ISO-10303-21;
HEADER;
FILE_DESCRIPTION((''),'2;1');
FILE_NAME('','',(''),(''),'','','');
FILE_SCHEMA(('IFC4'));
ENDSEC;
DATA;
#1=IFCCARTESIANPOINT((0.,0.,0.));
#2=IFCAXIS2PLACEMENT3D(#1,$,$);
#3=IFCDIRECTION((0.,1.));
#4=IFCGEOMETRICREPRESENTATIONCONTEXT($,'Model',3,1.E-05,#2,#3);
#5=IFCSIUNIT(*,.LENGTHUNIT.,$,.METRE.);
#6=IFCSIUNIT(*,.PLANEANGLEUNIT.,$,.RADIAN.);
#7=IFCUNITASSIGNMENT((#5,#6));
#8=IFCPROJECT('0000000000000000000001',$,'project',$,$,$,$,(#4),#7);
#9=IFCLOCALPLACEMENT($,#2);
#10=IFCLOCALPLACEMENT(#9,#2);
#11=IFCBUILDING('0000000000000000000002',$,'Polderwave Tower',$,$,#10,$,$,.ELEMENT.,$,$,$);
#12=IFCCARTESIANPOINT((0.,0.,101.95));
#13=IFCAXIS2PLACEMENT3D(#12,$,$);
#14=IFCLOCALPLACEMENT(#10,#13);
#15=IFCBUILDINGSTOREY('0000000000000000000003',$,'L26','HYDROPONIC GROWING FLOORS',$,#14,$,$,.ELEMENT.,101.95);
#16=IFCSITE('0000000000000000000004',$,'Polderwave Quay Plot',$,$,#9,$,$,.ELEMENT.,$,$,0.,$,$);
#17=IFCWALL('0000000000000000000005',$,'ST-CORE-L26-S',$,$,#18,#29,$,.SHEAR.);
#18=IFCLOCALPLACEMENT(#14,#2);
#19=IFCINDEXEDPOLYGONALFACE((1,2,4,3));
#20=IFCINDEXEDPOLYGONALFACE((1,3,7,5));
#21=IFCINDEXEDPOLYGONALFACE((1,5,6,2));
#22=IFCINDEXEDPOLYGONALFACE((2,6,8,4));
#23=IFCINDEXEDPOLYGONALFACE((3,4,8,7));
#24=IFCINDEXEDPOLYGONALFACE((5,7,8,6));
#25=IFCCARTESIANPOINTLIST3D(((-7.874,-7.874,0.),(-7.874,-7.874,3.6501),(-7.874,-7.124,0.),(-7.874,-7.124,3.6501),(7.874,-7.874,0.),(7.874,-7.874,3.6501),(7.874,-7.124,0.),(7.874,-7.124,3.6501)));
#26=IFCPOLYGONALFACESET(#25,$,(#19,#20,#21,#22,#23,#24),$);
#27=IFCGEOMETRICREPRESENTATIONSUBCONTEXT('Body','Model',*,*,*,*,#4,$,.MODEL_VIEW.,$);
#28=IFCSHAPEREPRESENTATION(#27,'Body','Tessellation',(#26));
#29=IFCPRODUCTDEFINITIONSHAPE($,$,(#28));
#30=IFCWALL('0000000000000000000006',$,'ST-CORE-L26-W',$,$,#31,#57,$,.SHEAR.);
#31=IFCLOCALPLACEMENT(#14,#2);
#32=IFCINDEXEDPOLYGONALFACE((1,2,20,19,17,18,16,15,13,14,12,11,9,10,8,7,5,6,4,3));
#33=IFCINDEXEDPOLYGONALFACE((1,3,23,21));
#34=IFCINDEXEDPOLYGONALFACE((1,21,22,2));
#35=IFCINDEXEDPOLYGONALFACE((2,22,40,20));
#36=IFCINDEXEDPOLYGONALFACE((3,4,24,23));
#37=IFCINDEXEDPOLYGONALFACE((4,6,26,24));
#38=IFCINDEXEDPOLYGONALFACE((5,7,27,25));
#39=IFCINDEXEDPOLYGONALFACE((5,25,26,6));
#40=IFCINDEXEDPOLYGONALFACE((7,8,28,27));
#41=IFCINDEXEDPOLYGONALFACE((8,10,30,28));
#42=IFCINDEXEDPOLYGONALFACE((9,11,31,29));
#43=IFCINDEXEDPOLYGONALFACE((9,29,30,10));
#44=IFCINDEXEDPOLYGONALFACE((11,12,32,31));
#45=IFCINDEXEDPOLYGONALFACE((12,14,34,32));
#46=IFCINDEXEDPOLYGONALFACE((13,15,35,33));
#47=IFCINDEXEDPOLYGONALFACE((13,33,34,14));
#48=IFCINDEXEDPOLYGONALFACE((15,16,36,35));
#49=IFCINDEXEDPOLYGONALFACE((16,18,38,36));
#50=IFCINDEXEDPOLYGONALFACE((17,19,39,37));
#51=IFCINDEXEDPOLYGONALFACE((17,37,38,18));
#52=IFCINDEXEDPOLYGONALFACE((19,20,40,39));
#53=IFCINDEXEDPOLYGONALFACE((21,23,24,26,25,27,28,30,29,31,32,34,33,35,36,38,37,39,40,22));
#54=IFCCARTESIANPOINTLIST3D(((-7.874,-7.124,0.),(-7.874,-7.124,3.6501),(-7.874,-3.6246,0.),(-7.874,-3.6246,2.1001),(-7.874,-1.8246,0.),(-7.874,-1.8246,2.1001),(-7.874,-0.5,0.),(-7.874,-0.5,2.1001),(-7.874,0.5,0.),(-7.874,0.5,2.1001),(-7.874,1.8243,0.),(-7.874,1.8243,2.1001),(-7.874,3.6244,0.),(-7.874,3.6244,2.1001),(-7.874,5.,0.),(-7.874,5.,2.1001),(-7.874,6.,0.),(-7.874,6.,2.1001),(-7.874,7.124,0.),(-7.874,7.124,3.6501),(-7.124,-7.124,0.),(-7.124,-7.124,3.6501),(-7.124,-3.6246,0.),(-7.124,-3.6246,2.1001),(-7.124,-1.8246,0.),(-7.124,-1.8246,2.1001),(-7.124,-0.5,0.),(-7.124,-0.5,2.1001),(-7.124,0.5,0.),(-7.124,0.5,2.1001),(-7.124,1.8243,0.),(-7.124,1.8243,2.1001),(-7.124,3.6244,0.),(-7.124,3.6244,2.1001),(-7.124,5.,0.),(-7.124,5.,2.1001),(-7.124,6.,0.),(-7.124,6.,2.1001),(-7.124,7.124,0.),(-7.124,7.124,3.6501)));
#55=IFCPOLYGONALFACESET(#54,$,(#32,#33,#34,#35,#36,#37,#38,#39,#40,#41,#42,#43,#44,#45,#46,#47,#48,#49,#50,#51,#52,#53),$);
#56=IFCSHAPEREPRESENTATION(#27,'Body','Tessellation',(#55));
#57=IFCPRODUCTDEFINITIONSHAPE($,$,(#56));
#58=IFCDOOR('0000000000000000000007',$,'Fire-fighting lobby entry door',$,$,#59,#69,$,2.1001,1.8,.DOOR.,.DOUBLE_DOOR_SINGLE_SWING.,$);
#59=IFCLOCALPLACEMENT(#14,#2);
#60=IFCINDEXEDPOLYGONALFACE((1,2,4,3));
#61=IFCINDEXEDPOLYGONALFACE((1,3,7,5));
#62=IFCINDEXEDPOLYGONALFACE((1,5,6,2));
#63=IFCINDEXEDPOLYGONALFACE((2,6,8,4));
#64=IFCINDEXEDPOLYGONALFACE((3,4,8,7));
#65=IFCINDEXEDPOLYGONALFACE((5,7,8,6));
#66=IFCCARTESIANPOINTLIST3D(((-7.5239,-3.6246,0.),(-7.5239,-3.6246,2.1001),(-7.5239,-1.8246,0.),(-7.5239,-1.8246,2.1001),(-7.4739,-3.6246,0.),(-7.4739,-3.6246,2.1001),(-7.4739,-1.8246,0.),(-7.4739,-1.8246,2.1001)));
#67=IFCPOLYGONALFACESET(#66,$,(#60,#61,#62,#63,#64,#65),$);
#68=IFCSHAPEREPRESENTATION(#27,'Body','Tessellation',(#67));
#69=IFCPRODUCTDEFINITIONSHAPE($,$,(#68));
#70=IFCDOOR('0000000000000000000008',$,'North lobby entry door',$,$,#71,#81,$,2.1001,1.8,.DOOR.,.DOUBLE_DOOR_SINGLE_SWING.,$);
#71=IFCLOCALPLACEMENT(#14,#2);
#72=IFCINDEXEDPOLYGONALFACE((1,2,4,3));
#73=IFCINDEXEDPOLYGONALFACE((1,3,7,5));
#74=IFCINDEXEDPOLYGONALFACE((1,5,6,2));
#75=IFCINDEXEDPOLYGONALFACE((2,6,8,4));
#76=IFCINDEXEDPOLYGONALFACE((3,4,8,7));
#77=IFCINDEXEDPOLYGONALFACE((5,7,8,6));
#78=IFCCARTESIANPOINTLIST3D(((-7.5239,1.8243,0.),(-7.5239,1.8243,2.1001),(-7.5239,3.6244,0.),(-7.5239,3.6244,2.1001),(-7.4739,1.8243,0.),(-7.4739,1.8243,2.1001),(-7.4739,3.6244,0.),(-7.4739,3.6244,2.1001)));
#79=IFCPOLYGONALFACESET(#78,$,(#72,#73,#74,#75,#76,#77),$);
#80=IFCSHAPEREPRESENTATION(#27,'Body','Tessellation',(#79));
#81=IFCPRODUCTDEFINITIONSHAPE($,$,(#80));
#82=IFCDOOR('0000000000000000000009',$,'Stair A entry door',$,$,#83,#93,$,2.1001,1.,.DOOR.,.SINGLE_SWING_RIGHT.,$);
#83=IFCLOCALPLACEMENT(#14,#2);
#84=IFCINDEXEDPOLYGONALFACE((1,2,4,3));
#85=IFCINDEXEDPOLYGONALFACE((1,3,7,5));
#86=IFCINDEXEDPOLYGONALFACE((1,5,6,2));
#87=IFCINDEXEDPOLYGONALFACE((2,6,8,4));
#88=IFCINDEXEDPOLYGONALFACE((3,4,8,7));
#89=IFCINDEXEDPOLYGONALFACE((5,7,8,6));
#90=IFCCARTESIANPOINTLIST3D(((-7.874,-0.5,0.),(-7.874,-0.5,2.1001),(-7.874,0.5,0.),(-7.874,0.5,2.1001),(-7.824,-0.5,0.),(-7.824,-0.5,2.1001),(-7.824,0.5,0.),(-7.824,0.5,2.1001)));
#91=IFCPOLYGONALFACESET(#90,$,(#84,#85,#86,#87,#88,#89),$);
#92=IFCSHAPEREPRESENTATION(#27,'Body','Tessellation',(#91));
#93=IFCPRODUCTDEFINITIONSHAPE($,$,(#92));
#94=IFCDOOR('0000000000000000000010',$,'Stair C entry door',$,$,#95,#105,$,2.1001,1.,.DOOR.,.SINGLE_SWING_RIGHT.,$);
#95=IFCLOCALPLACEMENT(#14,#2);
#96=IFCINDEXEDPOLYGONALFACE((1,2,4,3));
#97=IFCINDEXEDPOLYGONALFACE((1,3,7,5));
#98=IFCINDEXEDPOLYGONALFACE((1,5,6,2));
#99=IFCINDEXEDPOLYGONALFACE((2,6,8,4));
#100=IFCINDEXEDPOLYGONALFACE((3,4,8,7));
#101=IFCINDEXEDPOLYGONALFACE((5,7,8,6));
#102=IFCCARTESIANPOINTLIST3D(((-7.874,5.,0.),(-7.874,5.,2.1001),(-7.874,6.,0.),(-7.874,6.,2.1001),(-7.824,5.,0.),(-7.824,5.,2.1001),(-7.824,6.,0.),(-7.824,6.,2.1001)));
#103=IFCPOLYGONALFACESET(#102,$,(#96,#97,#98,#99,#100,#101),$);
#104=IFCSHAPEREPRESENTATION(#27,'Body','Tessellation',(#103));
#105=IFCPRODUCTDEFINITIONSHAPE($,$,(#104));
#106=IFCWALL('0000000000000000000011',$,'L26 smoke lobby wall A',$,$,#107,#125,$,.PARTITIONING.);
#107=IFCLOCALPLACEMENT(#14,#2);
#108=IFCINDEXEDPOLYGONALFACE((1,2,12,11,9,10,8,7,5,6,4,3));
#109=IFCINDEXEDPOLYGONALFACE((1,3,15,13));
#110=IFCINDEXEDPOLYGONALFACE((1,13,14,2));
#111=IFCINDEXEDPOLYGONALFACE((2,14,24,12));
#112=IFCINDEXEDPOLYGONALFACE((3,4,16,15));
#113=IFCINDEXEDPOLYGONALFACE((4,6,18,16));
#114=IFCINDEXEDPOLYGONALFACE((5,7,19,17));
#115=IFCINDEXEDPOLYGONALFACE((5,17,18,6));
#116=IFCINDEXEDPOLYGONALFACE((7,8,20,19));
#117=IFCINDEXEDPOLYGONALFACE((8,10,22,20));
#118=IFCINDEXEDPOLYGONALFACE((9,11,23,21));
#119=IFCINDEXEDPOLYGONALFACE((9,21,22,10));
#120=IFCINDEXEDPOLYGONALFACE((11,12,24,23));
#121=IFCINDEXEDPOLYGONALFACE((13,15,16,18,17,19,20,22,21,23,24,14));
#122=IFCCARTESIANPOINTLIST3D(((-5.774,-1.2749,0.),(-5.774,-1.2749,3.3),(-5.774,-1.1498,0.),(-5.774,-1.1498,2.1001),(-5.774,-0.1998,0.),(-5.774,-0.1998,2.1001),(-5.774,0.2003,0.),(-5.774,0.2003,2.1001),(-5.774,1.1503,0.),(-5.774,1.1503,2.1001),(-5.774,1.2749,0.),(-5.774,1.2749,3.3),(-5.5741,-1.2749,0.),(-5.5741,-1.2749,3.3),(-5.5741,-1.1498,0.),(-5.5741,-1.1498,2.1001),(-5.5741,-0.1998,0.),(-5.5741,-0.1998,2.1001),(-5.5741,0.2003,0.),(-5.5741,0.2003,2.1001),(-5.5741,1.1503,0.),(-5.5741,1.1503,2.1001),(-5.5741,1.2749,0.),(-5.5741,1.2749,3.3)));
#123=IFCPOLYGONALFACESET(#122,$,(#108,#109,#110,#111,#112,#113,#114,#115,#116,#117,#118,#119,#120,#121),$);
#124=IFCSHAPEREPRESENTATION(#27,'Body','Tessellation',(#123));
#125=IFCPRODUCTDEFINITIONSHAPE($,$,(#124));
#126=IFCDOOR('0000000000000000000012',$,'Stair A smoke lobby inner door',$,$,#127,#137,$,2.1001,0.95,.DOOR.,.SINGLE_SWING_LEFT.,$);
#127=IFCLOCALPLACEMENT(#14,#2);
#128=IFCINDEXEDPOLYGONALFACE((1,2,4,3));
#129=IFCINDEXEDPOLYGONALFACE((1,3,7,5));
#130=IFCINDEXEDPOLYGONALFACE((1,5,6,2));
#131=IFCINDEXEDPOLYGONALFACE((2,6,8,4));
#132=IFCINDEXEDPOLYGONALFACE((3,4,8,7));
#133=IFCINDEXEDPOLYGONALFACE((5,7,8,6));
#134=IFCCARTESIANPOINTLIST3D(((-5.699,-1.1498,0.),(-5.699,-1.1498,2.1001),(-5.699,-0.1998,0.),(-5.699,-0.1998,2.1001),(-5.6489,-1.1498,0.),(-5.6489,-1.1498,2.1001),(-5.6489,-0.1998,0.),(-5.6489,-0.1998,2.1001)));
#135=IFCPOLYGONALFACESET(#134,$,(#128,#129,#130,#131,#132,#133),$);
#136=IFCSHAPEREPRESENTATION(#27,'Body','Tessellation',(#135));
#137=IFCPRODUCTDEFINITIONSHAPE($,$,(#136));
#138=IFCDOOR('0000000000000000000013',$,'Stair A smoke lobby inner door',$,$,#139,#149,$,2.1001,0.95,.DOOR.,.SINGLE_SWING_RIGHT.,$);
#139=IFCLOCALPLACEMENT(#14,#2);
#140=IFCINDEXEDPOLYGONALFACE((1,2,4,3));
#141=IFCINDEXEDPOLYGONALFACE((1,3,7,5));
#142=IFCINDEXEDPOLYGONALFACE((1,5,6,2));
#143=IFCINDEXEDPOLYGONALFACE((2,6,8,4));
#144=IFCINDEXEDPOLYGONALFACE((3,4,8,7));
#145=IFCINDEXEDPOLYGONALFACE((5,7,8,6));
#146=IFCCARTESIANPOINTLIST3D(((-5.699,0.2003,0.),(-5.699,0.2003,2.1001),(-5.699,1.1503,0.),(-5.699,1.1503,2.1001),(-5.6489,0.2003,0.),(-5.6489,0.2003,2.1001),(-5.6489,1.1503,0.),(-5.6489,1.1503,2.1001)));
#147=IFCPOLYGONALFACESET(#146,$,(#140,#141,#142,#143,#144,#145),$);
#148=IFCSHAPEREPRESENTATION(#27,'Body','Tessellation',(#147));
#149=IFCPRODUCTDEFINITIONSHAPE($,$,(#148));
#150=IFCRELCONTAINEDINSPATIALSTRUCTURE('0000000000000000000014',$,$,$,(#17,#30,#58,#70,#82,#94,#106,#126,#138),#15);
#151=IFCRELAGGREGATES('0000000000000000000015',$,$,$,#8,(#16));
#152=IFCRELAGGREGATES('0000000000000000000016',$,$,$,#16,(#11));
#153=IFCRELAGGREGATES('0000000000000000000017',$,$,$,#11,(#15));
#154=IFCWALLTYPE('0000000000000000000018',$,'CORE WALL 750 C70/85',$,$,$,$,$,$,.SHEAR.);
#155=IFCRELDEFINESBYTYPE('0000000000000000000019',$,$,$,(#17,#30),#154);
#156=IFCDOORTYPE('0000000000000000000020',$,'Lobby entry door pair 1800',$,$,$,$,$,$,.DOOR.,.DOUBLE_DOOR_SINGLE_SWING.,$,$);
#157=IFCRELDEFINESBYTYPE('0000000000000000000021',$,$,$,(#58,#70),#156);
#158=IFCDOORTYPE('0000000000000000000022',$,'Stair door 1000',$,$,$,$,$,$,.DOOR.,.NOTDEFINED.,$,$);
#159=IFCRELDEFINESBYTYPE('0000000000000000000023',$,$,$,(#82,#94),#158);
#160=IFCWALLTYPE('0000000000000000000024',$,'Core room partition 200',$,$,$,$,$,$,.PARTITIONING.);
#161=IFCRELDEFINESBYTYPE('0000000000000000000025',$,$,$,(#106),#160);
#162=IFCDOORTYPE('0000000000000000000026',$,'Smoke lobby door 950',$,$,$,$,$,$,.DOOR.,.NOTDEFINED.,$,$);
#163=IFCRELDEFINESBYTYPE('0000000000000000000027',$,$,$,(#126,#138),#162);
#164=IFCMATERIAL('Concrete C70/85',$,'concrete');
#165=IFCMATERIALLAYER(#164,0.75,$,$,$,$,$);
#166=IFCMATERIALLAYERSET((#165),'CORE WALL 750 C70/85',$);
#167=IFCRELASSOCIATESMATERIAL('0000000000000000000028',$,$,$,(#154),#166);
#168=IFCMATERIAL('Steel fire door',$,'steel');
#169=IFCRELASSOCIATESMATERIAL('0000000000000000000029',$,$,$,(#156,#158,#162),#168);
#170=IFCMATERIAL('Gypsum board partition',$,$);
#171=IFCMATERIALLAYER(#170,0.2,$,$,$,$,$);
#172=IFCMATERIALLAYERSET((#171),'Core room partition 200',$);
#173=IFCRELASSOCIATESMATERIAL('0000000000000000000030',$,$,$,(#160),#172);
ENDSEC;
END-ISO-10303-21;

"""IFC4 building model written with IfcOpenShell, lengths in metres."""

from ifc_helpers import new_model, si_unit, direction, frame, frame_2d, origin, place, context, subcontext, project, spatial, rectangle, extrude, material, layer, layer_set, type_object, element, fill, save


model = new_model("IFC4")

# Units and contexts
model_context = context("Model", 3, precision=1e-05, world=origin(), true_north=direction((0.0, 1.0)))
body_context = subcontext(model_context, "Body", "Model", "MODEL_VIEW")
ifc_project = project(units=[si_unit("LENGTHUNIT", "METRE"), si_unit("PLANEANGLEUNIT", "RADIAN")], contexts=[model_context])

# Site, building, storey
site_placement = place(None, origin())
site = spatial("IfcSite", under=ifc_project, at=site_placement, Name="Polderwave Quay Plot", CompositionType="ELEMENT", RefElevation=0.0)
building_placement = place(site_placement, origin())
building = spatial("IfcBuilding", under=site, at=building_placement, Name="Polderwave Tower", CompositionType="ELEMENT")
storey_placement = place(building_placement, frame((0.0, 0.0, 101.95)))
storey = spatial("IfcBuildingStorey", under=building, at=storey_placement, Name="L26", Description="HYDROPONIC GROWING FLOORS", CompositionType="ELEMENT", Elevation=101.95)

# Wall
ifc_material_1 = material(Name="Concrete C70/85", Category="concrete")
ifc_layer_1 = layer(ifc_material_1, 0.75)
ifc_layer_set_1 = layer_set([ifc_layer_1], Name="CORE WALL 750 C70/85")
wall_type_1 = type_object("IfcWallType", Name="CORE WALL 750 C70/85", PredefinedType="SHEAR", material=ifc_layer_set_1)
wall_1_placement = place(storey_placement, frame((-7.874, -7.499, 0.0), z_axis=(0.0, 0.0, 1.0), x_axis=(1.0, 0.0, 0.0)))
element("IfcWall", 1, at=wall_1_placement, inside=storey, type_object=wall_type_1, Name="ST-CORE-L26-S", PredefinedType="SHEAR", context=body_context, shape_type="SweptSolid", body=[
    extrude(rectangle(XDim=15.748, YDim=0.75, at=frame_2d((7.874, 0.0))), origin(), (0.0, 0.0, 1.0), 3.6501),
])

# Walls, openings, doors
wall_2_placement = place(storey_placement, frame((-7.499, -7.124, 0.0), z_axis=(0.0, 0.0, 1.0), x_axis=(0.0, 1.0, 0.0)))
wall_2 = element("IfcWall", 2, at=wall_2_placement, inside=storey, type_object=wall_type_1, Name="ST-CORE-L26-W", PredefinedType="SHEAR", context=body_context, shape_type="SweptSolid", body=[
    extrude(rectangle(XDim=14.248, YDim=0.75, at=frame_2d((7.124, 0.0))), origin(), (0.0, 0.0, 1.0), 3.6501),
])
opening_1_placement = place(wall_2_placement, frame((6.624, 0.0, 0.0)))
opening_1 = element("IfcOpeningElement", 3, at=opening_1_placement, cuts=wall_2, PredefinedType="OPENING", context=body_context, shape_type="SweptSolid", body=[
    extrude(rectangle(XDim=1.0, YDim=2.1001, at=frame_2d((0.5, 1.05))), frame((0.0, 0.385, 0.0), z_axis=(0.0, -1.0, 0.0), x_axis=(1.0, 0.0, 0.0)), (0.0, 0.0, 1.0), 0.77),
])
opening_2_placement = place(wall_2_placement, frame((3.4995, 0.0, 0.0)))
opening_2 = element("IfcOpeningElement", 4, at=opening_2_placement, cuts=wall_2, PredefinedType="OPENING", context=body_context, shape_type="SweptSolid", body=[
    extrude(rectangle(XDim=1.8, YDim=2.1001, at=frame_2d((0.8999, 1.05))), frame((0.0, 0.385, 0.0), z_axis=(0.0, -1.0, 0.0), x_axis=(1.0, 0.0, 0.0)), (0.0, 0.0, 1.0), 0.77),
])
opening_3_placement = place(wall_2_placement, frame((8.9485, 0.0, 0.0)))
opening_3 = element("IfcOpeningElement", 5, at=opening_3_placement, cuts=wall_2, PredefinedType="OPENING", context=body_context, shape_type="SweptSolid", body=[
    extrude(rectangle(XDim=1.8, YDim=2.1001, at=frame_2d((0.8999, 1.05))), frame((0.0, 0.385, 0.0), z_axis=(0.0, -1.0, 0.0), x_axis=(1.0, 0.0, 0.0)), (0.0, 0.0, 1.0), 0.77),
])
opening_4_placement = place(wall_2_placement, frame((12.124, 0.0, 0.0)))
opening_4 = element("IfcOpeningElement", 6, at=opening_4_placement, cuts=wall_2, PredefinedType="OPENING", context=body_context, shape_type="SweptSolid", body=[
    extrude(rectangle(XDim=1.0, YDim=2.1001, at=frame_2d((0.5, 1.05))), frame((0.0, 0.385, 0.0), z_axis=(0.0, -1.0, 0.0), x_axis=(1.0, 0.0, 0.0)), (0.0, 0.0, 1.0), 0.77),
])
ifc_material_2 = material(Name="Steel fire door", Category="steel")
door_type_1 = type_object("IfcDoorType", Name="Lobby entry door pair 1800", OperationType="DOUBLE_DOOR_SINGLE_SWING", PredefinedType="DOOR", material=ifc_material_2)
door_1_placement = place(opening_2_placement, origin())
door_1 = element("IfcDoor", 7, at=door_1_placement, inside=storey, type_object=door_type_1, Name="Fire-fighting lobby entry door", OperationType="DOUBLE_DOOR_SINGLE_SWING", OverallHeight=2.1001, OverallWidth=1.8, PredefinedType="DOOR", context=body_context, shape_type="SweptSolid", body=[
    extrude(rectangle(XDim=1.8, YDim=2.1001, at=frame_2d((0.8999, 1.05))), frame((0.0, 0.0249, 0.0), z_axis=(0.0, -1.0, 0.0), x_axis=(1.0, 0.0, 0.0)), (0.0, 0.0, 1.0), 0.05),
])
fill(opening_2, door_1)
door_2_placement = place(opening_3_placement, origin())
door_2 = element("IfcDoor", 8, at=door_2_placement, inside=storey, type_object=door_type_1, Name="North lobby entry door", OperationType="DOUBLE_DOOR_SINGLE_SWING", OverallHeight=2.1001, OverallWidth=1.8, PredefinedType="DOOR", context=body_context, shape_type="SweptSolid", body=[
    extrude(rectangle(XDim=1.8, YDim=2.1001, at=frame_2d((0.8999, 1.05))), frame((0.0, 0.0249, 0.0), z_axis=(0.0, -1.0, 0.0), x_axis=(1.0, 0.0, 0.0)), (0.0, 0.0, 1.0), 0.05),
])
fill(opening_3, door_2)
door_type_2 = type_object("IfcDoorType", Name="Stair door 1000", OperationType="NOTDEFINED", PredefinedType="DOOR", material=ifc_material_2)
door_3_placement = place(opening_1_placement, origin())
door_3 = element("IfcDoor", 9, at=door_3_placement, inside=storey, type_object=door_type_2, Name="Stair A entry door", OperationType="SINGLE_SWING_RIGHT", OverallHeight=2.1001, OverallWidth=1.0, PredefinedType="DOOR", context=body_context, shape_type="SweptSolid", body=[
    extrude(rectangle(XDim=1.0, YDim=2.1001, at=frame_2d((0.5, 1.05))), frame((0.0, 0.375, 0.0), z_axis=(0.0, -1.0, 0.0), x_axis=(1.0, 0.0, 0.0)), (0.0, 0.0, 1.0), 0.05),
])
fill(opening_1, door_3)
door_4_placement = place(opening_4_placement, origin())
door_4 = element("IfcDoor", 10, at=door_4_placement, inside=storey, type_object=door_type_2, Name="Stair C entry door", OperationType="SINGLE_SWING_RIGHT", OverallHeight=2.1001, OverallWidth=1.0, PredefinedType="DOOR", context=body_context, shape_type="SweptSolid", body=[
    extrude(rectangle(XDim=1.0, YDim=2.1001, at=frame_2d((0.5, 1.05))), frame((0.0, 0.375, 0.0), z_axis=(0.0, -1.0, 0.0), x_axis=(1.0, 0.0, 0.0)), (0.0, 0.0, 1.0), 0.05),
])
fill(opening_4, door_4)
ifc_material_3 = material(Name="Gypsum board partition")
ifc_layer_2 = layer(ifc_material_3, 0.2)
ifc_layer_set_2 = layer_set([ifc_layer_2], Name="Core room partition 200")
wall_type_2 = type_object("IfcWallType", Name="Core room partition 200", PredefinedType="PARTITIONING", material=ifc_layer_set_2)
wall_3_placement = place(storey_placement, frame((-5.6741, -1.2749, 0.0), z_axis=(0.0, 0.0, 1.0), x_axis=(0.0, 1.0, 0.0)))
wall_3 = element("IfcWall", 11, at=wall_3_placement, inside=storey, type_object=wall_type_2, Name="L26 smoke lobby wall A", PredefinedType="PARTITIONING", context=body_context, shape_type="SweptSolid", body=[
    extrude(rectangle(XDim=2.5498, YDim=0.2, at=frame_2d((1.2749, 0.0))), origin(), (0.0, 0.0, 1.0), 3.3),
])
opening_5_placement = place(wall_3_placement, frame((0.125, 0.0, 0.0)))
opening_5 = element("IfcOpeningElement", 12, at=opening_5_placement, cuts=wall_3, PredefinedType="OPENING", context=body_context, shape_type="SweptSolid", body=[
    extrude(rectangle(XDim=0.95, YDim=2.1001, at=frame_2d((0.4751, 1.05))), frame((0.0, 0.1099, 0.0), z_axis=(0.0, -1.0, 0.0), x_axis=(1.0, 0.0, 0.0)), (0.0, 0.0, 1.0), 0.22),
])
opening_6_placement = place(wall_3_placement, frame((1.4751, 0.0, 0.0)))
opening_6 = element("IfcOpeningElement", 13, at=opening_6_placement, cuts=wall_3, PredefinedType="OPENING", context=body_context, shape_type="SweptSolid", body=[
    extrude(rectangle(XDim=0.95, YDim=2.1001, at=frame_2d((0.4751, 1.05))), frame((0.0, 0.1099, 0.0), z_axis=(0.0, -1.0, 0.0), x_axis=(1.0, 0.0, 0.0)), (0.0, 0.0, 1.0), 0.22),
])
door_type_3 = type_object("IfcDoorType", Name="Smoke lobby door 950", OperationType="NOTDEFINED", PredefinedType="DOOR", material=ifc_material_2)
door_5_placement = place(opening_5_placement, origin())
door_5 = element("IfcDoor", 14, at=door_5_placement, inside=storey, type_object=door_type_3, Name="Stair A smoke lobby inner door", OperationType="SINGLE_SWING_LEFT", OverallHeight=2.1001, OverallWidth=0.95, PredefinedType="DOOR", context=body_context, shape_type="SweptSolid", body=[
    extrude(rectangle(XDim=0.95, YDim=2.1001, at=frame_2d((0.4751, 1.05))), frame((0.0, 0.0249, 0.0), z_axis=(0.0, -1.0, 0.0), x_axis=(1.0, 0.0, 0.0)), (0.0, 0.0, 1.0), 0.05),
])
fill(opening_5, door_5)
door_6_placement = place(opening_6_placement, origin())
door_6 = element("IfcDoor", 15, at=door_6_placement, inside=storey, type_object=door_type_3, Name="Stair A smoke lobby inner door", OperationType="SINGLE_SWING_RIGHT", OverallHeight=2.1001, OverallWidth=0.95, PredefinedType="DOOR", context=body_context, shape_type="SweptSolid", body=[
    extrude(rectangle(XDim=0.95, YDim=2.1001, at=frame_2d((0.4751, 1.05))), frame((0.0, 0.0249, 0.0), z_axis=(0.0, -1.0, 0.0), x_axis=(1.0, 0.0, 0.0)), (0.0, 0.0, 1.0), 0.05),
])
fill(opening_6, door_6)

save(model, "model.ifc")
